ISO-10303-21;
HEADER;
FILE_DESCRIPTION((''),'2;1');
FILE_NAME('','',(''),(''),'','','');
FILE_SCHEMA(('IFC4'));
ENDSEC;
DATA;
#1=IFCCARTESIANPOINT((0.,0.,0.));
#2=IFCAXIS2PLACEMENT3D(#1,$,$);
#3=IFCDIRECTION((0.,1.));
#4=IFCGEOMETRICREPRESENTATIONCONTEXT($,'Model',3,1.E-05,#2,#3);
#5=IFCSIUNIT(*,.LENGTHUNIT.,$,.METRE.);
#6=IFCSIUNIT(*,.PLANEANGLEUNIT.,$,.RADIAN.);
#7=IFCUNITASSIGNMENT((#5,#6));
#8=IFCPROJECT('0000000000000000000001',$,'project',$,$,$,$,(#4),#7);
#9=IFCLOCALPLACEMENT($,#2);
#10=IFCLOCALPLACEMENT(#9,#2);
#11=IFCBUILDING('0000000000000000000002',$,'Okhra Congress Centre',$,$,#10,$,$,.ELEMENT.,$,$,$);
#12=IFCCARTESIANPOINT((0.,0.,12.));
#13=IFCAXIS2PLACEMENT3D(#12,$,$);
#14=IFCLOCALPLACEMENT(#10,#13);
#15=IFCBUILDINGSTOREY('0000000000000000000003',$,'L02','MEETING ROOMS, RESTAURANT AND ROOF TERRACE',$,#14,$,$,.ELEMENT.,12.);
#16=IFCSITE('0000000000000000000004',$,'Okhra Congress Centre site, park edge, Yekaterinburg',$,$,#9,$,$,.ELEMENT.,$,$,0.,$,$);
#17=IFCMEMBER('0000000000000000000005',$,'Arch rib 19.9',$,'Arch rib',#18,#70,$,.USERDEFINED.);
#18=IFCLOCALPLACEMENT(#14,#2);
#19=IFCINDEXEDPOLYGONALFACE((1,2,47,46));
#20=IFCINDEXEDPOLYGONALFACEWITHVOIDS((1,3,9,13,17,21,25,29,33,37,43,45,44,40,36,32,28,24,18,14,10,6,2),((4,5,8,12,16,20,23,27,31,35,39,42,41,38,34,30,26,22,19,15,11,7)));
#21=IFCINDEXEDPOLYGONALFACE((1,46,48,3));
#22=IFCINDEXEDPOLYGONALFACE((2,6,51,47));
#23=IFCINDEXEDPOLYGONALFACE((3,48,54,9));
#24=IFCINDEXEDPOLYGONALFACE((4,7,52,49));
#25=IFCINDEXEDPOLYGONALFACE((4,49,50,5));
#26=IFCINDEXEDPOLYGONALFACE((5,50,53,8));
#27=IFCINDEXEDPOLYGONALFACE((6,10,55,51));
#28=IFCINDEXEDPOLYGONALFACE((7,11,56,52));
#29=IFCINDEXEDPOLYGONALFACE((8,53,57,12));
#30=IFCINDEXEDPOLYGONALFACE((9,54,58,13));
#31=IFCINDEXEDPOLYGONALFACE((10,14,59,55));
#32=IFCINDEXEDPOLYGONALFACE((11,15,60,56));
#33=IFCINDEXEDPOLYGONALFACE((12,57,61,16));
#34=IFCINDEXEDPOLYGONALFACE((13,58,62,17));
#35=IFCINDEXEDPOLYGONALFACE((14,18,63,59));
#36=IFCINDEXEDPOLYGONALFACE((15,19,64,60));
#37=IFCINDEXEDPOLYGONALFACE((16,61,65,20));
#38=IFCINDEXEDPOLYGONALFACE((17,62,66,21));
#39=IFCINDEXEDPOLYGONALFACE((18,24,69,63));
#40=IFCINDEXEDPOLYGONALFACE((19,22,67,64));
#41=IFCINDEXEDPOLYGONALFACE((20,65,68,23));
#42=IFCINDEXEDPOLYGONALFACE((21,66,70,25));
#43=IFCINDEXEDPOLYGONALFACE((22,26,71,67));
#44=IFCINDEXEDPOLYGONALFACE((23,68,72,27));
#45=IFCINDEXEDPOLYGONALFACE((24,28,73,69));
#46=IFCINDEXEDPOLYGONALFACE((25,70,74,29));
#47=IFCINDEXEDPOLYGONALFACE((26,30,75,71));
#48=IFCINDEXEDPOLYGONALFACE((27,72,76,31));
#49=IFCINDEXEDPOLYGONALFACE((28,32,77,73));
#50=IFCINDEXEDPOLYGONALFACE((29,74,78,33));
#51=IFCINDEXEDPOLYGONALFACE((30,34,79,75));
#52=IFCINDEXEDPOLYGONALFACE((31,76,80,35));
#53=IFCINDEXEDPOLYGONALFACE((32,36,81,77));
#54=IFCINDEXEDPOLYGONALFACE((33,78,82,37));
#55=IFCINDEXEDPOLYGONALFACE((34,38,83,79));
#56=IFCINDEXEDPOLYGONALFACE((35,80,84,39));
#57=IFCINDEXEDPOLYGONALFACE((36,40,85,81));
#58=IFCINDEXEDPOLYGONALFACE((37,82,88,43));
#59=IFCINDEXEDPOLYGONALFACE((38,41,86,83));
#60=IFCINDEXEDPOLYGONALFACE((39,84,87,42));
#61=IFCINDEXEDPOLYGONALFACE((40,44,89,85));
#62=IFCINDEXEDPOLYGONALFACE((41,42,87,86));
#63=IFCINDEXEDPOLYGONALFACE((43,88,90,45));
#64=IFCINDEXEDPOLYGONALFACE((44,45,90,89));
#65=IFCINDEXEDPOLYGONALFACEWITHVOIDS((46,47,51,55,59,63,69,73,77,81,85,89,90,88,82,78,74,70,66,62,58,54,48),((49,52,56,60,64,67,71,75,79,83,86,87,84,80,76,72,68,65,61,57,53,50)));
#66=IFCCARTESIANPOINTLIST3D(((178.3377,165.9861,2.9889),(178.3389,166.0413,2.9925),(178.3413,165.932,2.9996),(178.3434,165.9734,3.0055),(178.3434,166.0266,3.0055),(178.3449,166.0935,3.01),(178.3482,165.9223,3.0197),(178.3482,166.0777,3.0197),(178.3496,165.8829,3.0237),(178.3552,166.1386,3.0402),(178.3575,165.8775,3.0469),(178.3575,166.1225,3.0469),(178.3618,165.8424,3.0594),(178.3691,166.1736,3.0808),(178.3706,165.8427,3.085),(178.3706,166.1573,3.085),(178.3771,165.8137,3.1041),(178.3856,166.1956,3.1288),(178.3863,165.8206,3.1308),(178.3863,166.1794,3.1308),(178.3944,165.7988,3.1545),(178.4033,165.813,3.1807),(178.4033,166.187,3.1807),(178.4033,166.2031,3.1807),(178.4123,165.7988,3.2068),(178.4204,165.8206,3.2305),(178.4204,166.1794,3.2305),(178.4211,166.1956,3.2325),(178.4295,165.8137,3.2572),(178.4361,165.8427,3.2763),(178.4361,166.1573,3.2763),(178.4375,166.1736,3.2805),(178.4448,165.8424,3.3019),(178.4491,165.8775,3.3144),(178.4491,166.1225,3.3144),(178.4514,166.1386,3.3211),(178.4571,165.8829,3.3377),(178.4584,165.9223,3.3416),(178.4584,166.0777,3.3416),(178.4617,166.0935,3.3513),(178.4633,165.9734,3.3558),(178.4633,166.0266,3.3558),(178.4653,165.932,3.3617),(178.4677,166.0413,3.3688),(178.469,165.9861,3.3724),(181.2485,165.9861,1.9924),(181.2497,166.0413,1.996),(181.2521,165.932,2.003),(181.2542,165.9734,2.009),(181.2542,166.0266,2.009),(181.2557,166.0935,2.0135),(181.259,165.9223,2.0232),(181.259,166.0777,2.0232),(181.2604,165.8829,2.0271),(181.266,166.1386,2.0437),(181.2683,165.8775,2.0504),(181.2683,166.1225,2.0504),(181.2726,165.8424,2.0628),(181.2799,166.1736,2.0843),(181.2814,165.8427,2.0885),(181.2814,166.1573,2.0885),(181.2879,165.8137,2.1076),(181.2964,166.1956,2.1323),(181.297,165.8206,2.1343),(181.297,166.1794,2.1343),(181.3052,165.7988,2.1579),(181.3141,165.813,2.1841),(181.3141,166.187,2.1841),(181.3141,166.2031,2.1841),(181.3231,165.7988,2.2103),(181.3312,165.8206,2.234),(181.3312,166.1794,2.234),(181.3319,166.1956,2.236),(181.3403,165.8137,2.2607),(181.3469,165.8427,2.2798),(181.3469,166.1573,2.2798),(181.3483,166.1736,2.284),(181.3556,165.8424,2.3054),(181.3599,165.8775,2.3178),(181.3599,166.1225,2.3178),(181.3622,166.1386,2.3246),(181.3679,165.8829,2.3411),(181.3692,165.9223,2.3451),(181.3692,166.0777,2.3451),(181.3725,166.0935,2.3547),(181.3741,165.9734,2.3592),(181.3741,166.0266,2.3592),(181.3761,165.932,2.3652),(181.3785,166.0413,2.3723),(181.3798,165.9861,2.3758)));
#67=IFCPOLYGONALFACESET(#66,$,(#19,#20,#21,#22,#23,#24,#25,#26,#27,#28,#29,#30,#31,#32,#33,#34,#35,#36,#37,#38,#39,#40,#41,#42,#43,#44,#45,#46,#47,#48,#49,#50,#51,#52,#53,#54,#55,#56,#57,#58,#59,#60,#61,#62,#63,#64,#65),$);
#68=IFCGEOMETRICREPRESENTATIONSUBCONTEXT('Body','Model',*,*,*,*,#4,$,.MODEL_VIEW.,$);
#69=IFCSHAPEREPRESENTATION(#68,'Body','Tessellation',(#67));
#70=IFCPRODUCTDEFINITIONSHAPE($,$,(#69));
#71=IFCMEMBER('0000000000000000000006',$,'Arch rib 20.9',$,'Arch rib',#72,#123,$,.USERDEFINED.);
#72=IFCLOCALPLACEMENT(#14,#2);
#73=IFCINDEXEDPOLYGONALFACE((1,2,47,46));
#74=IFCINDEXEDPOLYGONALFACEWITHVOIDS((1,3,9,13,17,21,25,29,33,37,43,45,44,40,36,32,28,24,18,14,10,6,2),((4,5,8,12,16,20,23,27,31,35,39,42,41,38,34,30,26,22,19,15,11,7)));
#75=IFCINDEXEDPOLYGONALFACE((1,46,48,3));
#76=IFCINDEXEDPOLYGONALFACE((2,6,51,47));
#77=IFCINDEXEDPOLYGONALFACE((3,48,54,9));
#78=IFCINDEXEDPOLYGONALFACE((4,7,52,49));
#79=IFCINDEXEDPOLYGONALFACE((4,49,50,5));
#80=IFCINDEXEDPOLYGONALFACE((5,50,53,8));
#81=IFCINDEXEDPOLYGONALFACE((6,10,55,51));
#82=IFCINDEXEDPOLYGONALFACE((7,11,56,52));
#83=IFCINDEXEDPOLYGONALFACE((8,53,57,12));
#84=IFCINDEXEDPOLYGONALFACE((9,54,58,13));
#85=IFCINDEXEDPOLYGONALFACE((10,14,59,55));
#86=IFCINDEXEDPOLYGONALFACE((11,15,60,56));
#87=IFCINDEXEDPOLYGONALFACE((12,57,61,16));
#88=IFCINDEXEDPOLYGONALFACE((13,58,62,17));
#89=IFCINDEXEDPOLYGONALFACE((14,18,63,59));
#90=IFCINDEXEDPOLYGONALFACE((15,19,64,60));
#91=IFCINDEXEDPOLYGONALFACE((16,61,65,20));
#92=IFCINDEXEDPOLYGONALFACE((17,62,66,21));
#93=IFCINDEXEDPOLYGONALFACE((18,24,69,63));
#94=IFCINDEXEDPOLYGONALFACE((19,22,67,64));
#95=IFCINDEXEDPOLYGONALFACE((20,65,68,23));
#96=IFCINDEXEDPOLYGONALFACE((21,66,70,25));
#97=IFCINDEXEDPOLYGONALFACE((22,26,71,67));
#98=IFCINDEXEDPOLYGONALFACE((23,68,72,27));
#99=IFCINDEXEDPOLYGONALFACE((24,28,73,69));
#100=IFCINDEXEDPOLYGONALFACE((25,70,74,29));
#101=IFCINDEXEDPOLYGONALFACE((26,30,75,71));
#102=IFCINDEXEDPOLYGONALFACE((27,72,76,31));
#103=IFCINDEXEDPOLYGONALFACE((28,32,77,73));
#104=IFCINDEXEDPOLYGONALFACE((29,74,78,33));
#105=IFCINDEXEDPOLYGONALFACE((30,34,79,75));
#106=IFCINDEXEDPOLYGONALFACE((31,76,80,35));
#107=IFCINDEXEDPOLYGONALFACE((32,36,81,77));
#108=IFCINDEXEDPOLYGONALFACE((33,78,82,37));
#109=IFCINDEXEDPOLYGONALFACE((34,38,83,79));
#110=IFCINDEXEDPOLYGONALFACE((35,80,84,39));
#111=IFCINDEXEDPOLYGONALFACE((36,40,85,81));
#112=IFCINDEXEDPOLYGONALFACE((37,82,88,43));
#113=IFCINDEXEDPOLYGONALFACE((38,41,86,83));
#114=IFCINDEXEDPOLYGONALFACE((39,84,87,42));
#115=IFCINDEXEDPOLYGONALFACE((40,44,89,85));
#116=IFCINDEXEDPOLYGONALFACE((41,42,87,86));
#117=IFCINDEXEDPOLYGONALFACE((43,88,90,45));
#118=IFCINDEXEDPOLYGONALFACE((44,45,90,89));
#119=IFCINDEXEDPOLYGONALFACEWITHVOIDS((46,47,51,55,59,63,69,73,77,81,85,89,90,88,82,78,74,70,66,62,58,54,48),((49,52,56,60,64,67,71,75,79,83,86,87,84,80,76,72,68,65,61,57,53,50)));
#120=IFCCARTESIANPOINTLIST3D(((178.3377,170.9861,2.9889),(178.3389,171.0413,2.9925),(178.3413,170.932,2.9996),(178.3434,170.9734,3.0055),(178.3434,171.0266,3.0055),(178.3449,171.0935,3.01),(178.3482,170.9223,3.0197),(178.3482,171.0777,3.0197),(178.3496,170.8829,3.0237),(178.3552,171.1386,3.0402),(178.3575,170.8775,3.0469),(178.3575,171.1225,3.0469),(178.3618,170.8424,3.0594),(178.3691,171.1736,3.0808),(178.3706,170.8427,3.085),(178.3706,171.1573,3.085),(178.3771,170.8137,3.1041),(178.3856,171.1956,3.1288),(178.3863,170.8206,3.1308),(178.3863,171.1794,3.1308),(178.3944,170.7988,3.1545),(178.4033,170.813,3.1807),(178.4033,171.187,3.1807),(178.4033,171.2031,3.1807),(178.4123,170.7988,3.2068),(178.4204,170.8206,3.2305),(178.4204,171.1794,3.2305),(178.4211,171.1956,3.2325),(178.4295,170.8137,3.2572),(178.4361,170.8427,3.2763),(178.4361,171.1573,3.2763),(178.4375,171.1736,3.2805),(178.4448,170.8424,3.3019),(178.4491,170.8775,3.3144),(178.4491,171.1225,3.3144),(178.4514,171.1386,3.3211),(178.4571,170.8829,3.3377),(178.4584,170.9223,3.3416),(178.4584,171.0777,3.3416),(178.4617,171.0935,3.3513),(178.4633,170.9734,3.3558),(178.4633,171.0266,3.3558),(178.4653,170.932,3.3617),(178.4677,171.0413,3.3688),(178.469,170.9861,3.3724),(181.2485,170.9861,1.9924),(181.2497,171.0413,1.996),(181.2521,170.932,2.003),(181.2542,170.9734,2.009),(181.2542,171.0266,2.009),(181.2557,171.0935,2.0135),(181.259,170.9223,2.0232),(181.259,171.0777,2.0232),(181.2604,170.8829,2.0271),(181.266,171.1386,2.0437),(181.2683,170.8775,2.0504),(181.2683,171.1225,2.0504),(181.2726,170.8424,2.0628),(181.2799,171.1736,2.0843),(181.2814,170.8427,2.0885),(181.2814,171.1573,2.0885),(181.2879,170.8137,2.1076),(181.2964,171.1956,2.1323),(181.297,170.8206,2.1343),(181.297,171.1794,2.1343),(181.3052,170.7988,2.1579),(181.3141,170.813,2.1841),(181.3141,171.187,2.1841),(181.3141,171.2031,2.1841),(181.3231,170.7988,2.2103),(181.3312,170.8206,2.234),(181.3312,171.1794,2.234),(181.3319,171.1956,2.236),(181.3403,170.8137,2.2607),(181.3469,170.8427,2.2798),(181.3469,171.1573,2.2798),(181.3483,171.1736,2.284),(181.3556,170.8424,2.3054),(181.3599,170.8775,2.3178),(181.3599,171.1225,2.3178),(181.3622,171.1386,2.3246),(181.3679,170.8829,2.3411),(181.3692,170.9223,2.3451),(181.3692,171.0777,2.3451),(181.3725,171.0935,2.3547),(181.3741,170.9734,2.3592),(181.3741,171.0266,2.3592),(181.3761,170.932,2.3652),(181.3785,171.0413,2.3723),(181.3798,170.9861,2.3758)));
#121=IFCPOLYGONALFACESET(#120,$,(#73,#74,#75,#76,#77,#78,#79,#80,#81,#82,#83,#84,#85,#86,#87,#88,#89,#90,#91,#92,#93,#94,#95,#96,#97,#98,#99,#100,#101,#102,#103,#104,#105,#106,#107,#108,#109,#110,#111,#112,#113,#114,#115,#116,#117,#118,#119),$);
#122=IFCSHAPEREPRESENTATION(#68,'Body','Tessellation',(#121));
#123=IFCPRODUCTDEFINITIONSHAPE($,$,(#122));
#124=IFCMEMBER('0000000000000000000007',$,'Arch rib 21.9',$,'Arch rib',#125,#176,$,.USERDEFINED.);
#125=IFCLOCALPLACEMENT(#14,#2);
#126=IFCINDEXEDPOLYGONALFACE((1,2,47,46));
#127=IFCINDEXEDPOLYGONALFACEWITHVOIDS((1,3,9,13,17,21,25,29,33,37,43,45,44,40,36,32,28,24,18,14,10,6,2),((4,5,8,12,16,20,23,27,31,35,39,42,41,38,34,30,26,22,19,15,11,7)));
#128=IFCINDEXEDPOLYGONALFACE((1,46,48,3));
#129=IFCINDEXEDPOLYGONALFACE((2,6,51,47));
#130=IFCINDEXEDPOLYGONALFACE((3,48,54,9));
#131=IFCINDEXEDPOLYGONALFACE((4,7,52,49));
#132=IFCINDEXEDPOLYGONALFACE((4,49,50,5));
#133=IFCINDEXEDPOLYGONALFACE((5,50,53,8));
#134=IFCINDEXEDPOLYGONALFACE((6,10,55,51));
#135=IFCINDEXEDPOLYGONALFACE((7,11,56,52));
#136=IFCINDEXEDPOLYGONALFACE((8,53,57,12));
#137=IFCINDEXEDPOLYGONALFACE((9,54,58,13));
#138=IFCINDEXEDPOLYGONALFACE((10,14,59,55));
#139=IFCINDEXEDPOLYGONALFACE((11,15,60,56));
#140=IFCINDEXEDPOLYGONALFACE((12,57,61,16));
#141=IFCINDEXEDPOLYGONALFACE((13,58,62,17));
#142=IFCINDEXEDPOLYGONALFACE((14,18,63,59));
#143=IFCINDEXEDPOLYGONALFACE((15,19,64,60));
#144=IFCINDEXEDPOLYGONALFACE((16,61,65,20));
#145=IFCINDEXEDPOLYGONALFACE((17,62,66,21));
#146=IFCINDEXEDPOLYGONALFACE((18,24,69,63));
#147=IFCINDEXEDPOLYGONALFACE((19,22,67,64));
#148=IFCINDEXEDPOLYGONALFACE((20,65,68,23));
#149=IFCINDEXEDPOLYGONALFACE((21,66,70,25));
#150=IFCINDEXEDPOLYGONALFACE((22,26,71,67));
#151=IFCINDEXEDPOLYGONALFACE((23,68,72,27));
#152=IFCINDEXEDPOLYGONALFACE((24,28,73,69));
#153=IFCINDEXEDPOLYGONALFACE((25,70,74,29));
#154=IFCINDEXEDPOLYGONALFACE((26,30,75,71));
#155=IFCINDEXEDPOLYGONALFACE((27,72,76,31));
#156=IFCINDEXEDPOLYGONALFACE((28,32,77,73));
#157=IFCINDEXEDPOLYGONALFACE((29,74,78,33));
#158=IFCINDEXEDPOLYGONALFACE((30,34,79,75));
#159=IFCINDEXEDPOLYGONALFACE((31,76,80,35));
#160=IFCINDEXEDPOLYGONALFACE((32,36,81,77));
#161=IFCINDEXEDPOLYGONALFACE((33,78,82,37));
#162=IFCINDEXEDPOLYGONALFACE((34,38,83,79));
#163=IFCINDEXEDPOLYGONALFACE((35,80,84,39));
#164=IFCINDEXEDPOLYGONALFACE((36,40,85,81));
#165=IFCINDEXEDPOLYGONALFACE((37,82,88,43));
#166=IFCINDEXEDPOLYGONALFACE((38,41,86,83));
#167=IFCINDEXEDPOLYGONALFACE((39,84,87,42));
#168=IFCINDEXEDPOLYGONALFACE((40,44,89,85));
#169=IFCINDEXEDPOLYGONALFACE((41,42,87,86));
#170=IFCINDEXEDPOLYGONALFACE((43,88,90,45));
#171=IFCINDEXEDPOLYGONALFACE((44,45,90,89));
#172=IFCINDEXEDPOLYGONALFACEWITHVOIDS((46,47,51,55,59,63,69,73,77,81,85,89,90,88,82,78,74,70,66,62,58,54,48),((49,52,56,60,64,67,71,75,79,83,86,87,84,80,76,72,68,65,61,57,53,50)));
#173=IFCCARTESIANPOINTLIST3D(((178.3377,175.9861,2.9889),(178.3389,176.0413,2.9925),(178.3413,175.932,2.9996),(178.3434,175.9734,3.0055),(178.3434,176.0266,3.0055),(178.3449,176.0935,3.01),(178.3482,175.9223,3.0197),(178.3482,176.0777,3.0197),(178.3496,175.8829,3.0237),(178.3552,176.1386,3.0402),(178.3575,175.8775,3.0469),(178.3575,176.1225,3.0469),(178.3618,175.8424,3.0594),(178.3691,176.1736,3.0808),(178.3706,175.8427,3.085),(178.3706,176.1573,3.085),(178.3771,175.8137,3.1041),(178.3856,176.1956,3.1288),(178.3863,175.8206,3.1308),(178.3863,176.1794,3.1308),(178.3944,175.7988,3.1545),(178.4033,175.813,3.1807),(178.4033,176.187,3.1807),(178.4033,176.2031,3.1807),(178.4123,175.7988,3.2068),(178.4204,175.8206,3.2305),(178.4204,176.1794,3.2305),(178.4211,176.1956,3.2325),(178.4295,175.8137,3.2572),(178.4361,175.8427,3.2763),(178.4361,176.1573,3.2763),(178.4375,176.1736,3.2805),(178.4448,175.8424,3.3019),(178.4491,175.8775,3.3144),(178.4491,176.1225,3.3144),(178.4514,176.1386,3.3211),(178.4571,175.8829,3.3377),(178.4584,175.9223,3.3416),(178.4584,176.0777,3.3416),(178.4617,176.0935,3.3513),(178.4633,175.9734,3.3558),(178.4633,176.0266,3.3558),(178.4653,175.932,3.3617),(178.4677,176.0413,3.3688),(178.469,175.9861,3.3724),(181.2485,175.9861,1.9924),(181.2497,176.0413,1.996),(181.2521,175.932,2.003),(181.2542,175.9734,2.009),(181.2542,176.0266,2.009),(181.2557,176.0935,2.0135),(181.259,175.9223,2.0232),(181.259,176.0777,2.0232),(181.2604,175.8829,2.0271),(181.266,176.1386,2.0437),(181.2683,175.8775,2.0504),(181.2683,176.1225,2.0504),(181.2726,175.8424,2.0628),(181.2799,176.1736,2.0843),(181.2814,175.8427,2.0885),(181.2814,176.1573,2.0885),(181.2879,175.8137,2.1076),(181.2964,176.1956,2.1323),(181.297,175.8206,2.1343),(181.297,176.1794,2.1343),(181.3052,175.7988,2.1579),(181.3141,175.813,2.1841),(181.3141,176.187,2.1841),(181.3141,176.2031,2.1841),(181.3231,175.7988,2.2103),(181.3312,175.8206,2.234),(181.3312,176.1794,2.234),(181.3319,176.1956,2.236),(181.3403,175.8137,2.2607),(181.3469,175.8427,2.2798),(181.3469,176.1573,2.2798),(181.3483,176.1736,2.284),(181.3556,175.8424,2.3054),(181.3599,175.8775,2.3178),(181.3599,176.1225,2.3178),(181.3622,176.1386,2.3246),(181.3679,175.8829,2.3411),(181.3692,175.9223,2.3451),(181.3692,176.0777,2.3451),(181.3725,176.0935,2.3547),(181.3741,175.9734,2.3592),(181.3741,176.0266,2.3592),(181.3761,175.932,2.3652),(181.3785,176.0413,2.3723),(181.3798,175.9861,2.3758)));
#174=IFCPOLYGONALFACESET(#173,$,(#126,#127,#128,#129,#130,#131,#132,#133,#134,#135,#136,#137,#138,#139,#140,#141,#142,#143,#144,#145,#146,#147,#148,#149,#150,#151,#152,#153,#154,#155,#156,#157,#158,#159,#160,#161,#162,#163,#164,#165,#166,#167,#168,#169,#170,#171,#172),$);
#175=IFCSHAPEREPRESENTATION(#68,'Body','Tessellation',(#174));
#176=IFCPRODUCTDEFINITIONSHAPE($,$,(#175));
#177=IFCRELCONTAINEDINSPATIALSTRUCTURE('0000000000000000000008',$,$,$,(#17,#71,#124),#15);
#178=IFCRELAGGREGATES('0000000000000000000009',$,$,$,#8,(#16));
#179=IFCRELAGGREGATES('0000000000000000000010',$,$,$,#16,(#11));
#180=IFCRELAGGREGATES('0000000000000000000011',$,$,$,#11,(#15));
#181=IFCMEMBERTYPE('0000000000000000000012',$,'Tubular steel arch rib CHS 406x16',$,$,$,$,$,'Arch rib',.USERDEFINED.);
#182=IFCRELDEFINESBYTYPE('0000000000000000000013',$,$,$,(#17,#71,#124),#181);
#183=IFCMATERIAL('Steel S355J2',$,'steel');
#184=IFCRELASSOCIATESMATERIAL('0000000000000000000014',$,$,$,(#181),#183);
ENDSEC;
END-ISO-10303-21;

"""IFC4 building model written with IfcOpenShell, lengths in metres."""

from ifc_helpers import new_model, si_unit, direction, frame, origin, origin_2d, place, context, subcontext, project, spatial, hollow_circle, extrude, material, material_profile, profile_set, type_object, element, save


model = new_model("IFC4")

# Units and contexts
model_context = context("Model", 3, precision=1e-05, world=origin(), true_north=direction((0.0, 1.0)))
body_context = subcontext(model_context, "Body", "Model", "MODEL_VIEW")
ifc_project = project(units=[si_unit("LENGTHUNIT", "METRE"), si_unit("PLANEANGLEUNIT", "RADIAN")], contexts=[model_context])

# Site, building, storey
site_placement = place(None, origin())
site = spatial("IfcSite", under=ifc_project, at=site_placement, Name="Okhra Congress Centre site, park edge, Yekaterinburg", CompositionType="ELEMENT", RefElevation=0.0)
building_placement = place(site_placement, origin())
building = spatial("IfcBuilding", under=site, at=building_placement, Name="Okhra Congress Centre", CompositionType="ELEMENT")
storey_placement = place(building_placement, frame((0.0, 0.0, 12.0)))
storey = spatial("IfcBuildingStorey", under=building, at=storey_placement, Name="L02", Description="MEETING ROOMS, RESTAURANT AND ROOF TERRACE", CompositionType="ELEMENT", Elevation=12.0)

# Members
ifc_material_1 = material(Name="Steel S355J2", Category="steel")
ifc_material_profile_1 = material_profile(ifc_material_1, hollow_circle(Radius=0.2031, WallThickness=0.0161, at=origin_2d()), Name="CHS 406.4x16")
ifc_profile_set_1 = profile_set([ifc_material_profile_1], Name="Steel S355J2")
member_type_1 = type_object("IfcMemberType", Name="Tubular steel arch rib CHS 406x16", ElementType="Arch rib", PredefinedType="USERDEFINED", material=ifc_profile_set_1)
for number, where, z_axis, x_axis, name in (
    (1, (178.4033, 166.0, 3.1807), (0.946089, 0.0, -0.323906), (0.0, 1.0, 0.0), "Arch rib 19.9"),
    (2, (178.4033, 171.0, 3.1807), (0.946089, 0.0, -0.323906), (0.0, 1.0, 0.0), "Arch rib 20.9"),
    (3, (178.4033, 176.0, 3.1807), (0.946089, 0.0, -0.323906), (0.0, 1.0, 0.0), "Arch rib 21.9"),
):
    element("IfcMember", number, at=place(storey_placement, frame(where, z_axis=z_axis, x_axis=x_axis)), inside=storey, type_object=member_type_1, Name=name, ObjectType="Arch rib", PredefinedType="USERDEFINED", context=body_context, shape_type="SweptSolid", body=[
        extrude(hollow_circle(Radius=0.2031, WallThickness=0.0161, at=origin_2d()), origin(), (0.0, 0.0, 1.0), 3.0767),
    ])

save(model, "model.ifc")
